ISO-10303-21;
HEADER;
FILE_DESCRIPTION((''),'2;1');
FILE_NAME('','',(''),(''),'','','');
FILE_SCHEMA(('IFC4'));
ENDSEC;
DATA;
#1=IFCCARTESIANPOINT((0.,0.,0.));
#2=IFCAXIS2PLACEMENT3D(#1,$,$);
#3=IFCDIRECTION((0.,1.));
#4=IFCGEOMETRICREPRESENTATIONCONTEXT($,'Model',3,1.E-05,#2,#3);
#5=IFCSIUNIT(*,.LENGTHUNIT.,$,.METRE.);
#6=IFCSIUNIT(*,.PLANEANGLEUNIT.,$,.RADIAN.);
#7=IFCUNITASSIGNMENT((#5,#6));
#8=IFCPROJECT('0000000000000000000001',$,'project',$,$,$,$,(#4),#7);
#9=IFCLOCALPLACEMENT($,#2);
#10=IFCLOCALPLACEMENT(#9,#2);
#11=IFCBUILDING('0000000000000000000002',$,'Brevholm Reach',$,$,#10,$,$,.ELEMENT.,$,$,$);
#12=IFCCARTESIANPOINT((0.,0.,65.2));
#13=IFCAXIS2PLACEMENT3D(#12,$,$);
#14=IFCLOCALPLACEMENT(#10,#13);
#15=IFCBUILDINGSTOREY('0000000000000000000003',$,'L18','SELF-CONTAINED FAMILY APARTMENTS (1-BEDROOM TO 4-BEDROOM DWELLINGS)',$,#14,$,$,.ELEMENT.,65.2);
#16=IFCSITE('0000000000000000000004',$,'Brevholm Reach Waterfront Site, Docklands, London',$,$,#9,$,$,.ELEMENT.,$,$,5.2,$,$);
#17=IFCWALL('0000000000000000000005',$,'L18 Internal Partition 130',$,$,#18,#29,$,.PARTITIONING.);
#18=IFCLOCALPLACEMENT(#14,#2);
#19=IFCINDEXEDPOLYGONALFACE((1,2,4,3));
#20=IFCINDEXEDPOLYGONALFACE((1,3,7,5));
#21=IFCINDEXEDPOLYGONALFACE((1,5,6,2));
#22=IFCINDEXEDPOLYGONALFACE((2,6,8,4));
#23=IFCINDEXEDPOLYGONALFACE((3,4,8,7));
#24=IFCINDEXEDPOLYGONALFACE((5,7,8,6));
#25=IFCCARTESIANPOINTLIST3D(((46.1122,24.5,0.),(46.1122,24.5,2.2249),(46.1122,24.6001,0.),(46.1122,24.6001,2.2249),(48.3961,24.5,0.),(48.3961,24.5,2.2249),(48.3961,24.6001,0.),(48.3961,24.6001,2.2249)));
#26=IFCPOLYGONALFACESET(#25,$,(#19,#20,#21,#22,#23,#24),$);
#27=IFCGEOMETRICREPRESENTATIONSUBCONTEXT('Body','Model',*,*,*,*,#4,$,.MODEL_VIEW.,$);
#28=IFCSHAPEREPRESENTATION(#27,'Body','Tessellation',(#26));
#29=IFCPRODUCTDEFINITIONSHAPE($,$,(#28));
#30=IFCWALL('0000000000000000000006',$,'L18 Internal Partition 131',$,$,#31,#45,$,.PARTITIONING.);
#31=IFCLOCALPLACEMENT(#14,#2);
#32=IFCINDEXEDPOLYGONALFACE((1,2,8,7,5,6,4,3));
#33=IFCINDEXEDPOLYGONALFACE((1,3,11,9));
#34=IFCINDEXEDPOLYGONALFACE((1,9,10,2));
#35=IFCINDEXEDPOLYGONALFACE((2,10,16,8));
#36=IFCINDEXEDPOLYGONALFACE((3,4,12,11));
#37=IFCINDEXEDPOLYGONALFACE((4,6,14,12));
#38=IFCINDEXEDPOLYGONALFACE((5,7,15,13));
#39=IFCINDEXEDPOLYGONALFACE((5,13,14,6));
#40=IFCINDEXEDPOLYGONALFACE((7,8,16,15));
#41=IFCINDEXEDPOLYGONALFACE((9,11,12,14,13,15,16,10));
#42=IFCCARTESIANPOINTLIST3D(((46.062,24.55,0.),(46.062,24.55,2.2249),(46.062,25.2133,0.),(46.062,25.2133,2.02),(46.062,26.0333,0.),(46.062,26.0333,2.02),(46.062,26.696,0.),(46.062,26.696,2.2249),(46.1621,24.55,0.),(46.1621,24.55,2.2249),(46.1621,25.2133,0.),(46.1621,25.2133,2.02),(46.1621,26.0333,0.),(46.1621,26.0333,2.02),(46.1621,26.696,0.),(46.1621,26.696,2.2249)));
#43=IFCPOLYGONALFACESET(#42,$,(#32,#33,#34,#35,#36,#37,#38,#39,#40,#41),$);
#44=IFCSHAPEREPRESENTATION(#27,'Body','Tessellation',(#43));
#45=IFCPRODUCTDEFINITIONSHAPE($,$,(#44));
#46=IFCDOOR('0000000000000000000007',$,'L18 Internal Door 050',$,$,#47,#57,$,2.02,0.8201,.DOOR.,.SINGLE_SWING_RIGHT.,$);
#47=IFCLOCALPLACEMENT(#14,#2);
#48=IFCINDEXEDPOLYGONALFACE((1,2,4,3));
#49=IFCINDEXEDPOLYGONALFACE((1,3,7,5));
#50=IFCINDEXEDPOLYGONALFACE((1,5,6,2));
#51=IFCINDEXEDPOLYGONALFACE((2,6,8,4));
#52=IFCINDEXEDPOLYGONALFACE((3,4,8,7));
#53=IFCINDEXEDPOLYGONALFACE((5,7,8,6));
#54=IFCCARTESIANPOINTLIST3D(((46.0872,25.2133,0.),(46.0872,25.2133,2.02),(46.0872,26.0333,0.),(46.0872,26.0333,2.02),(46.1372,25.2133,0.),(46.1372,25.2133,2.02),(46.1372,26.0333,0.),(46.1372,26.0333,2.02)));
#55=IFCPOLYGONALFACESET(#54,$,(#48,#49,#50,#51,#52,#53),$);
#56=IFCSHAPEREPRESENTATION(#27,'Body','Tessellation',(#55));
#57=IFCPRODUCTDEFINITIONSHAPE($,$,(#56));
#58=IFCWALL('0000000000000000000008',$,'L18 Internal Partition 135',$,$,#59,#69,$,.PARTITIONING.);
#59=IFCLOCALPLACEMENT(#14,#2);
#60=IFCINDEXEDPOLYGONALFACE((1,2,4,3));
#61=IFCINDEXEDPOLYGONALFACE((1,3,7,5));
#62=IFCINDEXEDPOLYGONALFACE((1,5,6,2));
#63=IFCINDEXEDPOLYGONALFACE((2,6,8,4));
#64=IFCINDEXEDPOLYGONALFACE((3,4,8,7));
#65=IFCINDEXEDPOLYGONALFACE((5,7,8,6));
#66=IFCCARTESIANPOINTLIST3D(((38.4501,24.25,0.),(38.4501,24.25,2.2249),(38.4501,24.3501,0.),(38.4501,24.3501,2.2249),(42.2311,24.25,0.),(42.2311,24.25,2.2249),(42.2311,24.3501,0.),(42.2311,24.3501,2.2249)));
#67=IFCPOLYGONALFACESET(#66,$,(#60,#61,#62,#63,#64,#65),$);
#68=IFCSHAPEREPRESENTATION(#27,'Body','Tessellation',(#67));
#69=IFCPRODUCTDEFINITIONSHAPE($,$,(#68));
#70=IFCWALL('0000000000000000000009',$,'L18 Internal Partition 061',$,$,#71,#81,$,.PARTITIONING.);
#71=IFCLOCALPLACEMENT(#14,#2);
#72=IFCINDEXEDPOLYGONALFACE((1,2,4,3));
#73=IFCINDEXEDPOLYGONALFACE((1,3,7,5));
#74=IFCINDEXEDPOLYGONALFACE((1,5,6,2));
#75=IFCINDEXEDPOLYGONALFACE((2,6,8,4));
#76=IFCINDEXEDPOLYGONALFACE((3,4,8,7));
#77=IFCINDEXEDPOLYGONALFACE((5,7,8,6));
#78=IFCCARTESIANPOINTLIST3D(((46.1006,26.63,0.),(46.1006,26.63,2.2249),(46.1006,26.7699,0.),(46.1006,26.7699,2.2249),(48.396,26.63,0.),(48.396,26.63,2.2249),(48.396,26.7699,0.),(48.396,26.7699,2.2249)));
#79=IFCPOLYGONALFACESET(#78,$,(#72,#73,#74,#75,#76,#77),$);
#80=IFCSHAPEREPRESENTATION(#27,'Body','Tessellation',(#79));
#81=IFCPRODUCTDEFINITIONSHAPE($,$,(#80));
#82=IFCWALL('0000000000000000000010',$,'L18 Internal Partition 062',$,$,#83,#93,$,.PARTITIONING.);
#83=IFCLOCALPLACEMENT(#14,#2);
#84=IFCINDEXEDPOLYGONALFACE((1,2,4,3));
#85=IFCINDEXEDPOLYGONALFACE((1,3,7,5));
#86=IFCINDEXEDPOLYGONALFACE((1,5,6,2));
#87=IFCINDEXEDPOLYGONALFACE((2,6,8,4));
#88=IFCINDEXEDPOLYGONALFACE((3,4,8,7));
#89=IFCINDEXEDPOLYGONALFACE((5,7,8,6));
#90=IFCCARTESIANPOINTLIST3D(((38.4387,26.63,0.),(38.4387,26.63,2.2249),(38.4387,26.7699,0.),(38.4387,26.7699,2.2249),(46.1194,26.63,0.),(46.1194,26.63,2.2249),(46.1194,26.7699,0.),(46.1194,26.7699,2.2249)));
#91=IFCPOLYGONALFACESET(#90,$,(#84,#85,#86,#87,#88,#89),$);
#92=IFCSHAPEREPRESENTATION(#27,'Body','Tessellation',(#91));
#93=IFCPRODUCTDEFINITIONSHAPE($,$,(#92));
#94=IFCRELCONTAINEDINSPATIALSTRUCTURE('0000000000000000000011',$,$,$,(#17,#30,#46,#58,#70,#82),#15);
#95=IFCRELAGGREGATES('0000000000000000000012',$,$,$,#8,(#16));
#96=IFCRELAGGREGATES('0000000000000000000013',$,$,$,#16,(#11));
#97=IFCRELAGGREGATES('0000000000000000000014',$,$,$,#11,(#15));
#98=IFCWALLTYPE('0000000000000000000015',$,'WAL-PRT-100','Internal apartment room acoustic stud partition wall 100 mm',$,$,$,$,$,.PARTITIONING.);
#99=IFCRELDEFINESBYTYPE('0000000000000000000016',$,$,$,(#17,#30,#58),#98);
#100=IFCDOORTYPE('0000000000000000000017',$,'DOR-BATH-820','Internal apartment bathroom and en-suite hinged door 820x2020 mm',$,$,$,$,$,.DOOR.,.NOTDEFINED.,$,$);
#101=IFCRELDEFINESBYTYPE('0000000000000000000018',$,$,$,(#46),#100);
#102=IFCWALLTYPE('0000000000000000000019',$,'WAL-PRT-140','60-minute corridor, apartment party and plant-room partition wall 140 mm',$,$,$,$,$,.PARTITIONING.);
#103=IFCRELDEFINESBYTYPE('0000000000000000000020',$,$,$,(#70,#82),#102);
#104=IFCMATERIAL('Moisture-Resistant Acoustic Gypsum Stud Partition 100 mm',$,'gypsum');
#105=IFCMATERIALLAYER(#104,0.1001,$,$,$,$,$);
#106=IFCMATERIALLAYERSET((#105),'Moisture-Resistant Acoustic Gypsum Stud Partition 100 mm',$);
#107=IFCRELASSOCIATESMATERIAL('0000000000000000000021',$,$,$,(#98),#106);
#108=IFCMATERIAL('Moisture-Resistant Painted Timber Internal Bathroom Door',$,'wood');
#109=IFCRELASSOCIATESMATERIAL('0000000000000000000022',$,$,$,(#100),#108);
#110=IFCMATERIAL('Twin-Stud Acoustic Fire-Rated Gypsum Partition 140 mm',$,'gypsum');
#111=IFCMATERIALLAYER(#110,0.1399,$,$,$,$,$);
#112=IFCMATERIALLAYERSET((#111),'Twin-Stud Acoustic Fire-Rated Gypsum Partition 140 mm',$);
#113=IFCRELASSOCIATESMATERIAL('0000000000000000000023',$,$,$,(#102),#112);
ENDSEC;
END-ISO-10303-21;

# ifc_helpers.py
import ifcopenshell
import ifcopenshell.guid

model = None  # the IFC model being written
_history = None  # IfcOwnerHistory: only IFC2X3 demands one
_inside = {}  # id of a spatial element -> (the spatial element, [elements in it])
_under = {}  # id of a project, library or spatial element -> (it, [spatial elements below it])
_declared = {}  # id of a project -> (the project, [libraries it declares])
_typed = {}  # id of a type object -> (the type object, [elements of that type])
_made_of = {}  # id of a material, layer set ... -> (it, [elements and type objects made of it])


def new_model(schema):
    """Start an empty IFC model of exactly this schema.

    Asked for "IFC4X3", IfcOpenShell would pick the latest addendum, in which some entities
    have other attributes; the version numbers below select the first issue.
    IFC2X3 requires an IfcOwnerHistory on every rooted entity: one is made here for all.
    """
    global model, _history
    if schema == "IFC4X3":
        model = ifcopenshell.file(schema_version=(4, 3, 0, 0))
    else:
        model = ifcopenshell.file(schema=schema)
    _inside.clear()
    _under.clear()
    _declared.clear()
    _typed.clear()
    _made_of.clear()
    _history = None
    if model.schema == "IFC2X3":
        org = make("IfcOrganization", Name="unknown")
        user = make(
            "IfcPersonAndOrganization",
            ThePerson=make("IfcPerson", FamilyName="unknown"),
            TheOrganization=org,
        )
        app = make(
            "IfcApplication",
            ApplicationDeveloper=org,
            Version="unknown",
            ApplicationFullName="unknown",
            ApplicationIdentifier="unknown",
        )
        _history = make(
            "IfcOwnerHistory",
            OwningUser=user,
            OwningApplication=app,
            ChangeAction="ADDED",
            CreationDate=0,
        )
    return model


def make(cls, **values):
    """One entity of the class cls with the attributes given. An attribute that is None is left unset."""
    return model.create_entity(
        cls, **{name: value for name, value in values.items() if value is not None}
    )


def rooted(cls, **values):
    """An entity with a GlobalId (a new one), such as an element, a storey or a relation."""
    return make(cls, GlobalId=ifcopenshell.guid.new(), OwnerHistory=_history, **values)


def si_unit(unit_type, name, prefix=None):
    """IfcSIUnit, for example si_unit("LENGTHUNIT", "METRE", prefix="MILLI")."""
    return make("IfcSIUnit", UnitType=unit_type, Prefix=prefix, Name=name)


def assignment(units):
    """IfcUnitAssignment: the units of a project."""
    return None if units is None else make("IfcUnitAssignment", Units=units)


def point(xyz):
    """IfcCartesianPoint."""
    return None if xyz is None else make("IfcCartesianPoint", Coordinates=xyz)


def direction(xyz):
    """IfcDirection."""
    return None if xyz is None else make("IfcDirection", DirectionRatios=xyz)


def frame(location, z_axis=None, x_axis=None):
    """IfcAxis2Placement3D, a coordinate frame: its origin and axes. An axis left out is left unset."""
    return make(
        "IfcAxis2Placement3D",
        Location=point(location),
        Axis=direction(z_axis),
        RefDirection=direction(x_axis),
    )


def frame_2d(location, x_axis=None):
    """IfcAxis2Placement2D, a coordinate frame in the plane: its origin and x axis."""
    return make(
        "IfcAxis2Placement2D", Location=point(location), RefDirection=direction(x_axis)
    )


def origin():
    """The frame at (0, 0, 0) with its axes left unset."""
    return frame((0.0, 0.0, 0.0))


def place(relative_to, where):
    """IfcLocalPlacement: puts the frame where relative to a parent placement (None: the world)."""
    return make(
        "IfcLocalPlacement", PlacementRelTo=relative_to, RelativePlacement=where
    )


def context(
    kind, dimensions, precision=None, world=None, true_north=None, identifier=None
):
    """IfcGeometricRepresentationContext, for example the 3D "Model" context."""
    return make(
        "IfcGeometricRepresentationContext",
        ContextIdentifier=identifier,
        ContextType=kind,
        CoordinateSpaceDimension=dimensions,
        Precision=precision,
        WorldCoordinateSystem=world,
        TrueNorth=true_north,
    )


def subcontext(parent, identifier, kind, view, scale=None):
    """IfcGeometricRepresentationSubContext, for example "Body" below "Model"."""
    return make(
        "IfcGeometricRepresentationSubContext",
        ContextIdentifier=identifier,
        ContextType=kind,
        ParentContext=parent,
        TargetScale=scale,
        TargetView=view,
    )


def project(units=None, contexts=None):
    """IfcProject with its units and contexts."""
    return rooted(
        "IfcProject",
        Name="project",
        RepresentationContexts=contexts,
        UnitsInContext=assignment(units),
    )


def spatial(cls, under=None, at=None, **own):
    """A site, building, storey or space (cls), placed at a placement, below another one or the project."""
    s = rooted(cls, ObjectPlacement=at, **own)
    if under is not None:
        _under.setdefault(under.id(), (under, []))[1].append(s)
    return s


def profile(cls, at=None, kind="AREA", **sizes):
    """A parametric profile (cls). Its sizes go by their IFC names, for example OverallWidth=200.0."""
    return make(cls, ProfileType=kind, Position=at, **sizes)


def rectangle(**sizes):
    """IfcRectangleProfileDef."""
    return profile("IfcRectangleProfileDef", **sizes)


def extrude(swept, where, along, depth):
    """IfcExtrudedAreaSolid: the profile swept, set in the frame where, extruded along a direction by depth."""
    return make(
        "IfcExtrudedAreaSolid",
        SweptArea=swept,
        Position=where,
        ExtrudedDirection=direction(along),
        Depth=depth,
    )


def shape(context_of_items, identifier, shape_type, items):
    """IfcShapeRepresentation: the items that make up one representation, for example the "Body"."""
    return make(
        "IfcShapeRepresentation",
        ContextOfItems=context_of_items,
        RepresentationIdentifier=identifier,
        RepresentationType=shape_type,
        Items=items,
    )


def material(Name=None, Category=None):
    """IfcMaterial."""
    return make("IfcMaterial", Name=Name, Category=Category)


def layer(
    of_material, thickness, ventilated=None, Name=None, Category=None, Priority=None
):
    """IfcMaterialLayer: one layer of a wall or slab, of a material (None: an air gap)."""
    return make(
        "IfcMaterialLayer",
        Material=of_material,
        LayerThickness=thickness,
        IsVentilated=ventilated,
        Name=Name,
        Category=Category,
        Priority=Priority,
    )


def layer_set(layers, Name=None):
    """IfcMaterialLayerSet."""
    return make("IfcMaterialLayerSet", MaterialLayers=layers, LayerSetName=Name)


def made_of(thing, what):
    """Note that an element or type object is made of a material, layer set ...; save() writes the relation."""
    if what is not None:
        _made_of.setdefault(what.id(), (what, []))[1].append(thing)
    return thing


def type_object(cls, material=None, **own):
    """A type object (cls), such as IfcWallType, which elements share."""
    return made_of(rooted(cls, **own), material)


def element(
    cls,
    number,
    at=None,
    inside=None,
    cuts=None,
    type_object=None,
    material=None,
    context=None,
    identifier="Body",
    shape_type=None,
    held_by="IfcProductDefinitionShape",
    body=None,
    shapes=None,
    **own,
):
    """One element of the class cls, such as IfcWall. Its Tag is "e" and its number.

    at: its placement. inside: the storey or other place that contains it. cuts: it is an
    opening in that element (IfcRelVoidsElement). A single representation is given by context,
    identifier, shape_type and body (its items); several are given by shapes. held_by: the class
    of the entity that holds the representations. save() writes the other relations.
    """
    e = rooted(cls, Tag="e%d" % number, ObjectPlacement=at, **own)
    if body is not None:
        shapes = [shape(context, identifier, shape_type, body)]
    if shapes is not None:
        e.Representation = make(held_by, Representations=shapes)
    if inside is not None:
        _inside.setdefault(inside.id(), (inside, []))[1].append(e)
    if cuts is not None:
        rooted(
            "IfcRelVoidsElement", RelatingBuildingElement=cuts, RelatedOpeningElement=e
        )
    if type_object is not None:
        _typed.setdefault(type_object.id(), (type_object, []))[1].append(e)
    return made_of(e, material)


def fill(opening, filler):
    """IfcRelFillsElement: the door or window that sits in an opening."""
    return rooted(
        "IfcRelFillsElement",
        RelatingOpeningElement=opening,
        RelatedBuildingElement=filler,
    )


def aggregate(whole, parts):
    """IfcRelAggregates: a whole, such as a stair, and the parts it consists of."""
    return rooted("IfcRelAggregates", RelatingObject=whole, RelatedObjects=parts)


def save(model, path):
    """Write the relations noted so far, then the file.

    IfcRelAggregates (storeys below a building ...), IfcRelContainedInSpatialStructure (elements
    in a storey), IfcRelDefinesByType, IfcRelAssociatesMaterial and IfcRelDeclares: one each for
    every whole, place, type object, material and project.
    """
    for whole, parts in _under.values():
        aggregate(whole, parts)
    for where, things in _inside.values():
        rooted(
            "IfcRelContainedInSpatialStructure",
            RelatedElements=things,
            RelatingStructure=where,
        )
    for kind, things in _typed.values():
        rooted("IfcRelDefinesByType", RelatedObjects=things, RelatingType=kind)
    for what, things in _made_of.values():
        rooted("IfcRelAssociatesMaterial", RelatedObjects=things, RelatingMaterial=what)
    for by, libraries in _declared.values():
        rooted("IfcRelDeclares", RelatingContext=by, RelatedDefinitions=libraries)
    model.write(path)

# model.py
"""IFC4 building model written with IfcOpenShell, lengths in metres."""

from ifc_helpers import new_model, si_unit, direction, frame, frame_2d, origin, place, context, subcontext, project, spatial, rectangle, extrude, material, layer, layer_set, type_object, element, fill, save


model = new_model("IFC4")

# Units and contexts
model_context = context("Model", 3, precision=1e-05, world=origin(), true_north=direction((0.0, 1.0)))
body_context = subcontext(model_context, "Body", "Model", "MODEL_VIEW")
ifc_project = project(units=[si_unit("LENGTHUNIT", "METRE"), si_unit("PLANEANGLEUNIT", "RADIAN")], contexts=[model_context])

# Site, building, storey
site_placement = place(None, origin())
site = spatial("IfcSite", under=ifc_project, at=site_placement, Name="Brevholm Reach Waterfront Site, Docklands, London", CompositionType="ELEMENT", RefElevation=5.2)
building_placement = place(site_placement, origin())
building = spatial("IfcBuilding", under=site, at=building_placement, Name="Brevholm Reach", CompositionType="ELEMENT")
storey_placement = place(building_placement, frame((0.0, 0.0, 65.2)))
storey = spatial("IfcBuildingStorey", under=building, at=storey_placement, Name="L18", Description="SELF-CONTAINED FAMILY APARTMENTS (1-BEDROOM TO 4-BEDROOM DWELLINGS)", CompositionType="ELEMENT", Elevation=65.2)

# Wall
ifc_material_1 = material(Name="Moisture-Resistant Acoustic Gypsum Stud Partition 100 mm", Category="gypsum")
ifc_layer_1 = layer(ifc_material_1, 0.1001)
ifc_layer_set_1 = layer_set([ifc_layer_1], Name="Moisture-Resistant Acoustic Gypsum Stud Partition 100 mm")
wall_type_1 = type_object("IfcWallType", Name="WAL-PRT-100", Description="Internal apartment room acoustic stud partition wall 100 mm", PredefinedType="PARTITIONING", material=ifc_layer_set_1)
wall_1_placement = place(storey_placement, frame((46.1121, 24.55, 0.0), z_axis=(0.0, 0.0, 1.0), x_axis=(1.0, 0.0, 0.0)))
element("IfcWall", 1, at=wall_1_placement, inside=storey, type_object=wall_type_1, Name="L18 Internal Partition 130", PredefinedType="PARTITIONING", context=body_context, shape_type="SweptSolid", body=[
    extrude(rectangle(XDim=2.2839, YDim=0.1001, at=frame_2d((1.1421, 0.0))), origin(), (0.0, 0.0, 1.0), 2.2249),
])

# Wall, opening, door
wall_2_placement = place(storey_placement, frame((46.1121, 24.55, 0.0), z_axis=(0.0, 0.0, 1.0), x_axis=(0.0, 1.0, 0.0)))
wall_2 = element("IfcWall", 2, at=wall_2_placement, inside=storey, type_object=wall_type_1, Name="L18 Internal Partition 131", PredefinedType="PARTITIONING", context=body_context, shape_type="SweptSolid", body=[
    extrude(rectangle(XDim=2.146, YDim=0.1001, at=frame_2d((1.073, 0.0))), origin(), (0.0, 0.0, 1.0), 2.2249),
])
opening_placement = place(wall_2_placement, frame((0.6631, 0.0, 0.0)))
opening = element("IfcOpeningElement", 3, at=opening_placement, cuts=wall_2, PredefinedType="OPENING", context=body_context, shape_type="SweptSolid", body=[
    extrude(rectangle(XDim=0.8201, YDim=2.02, at=frame_2d((0.4102, 1.01))), frame((0.0, 0.0601, 0.0), z_axis=(0.0, -1.0, 0.0), x_axis=(1.0, 0.0, 0.0)), (0.0, 0.0, 1.0), 0.1201),
])
ifc_material_2 = material(Name="Moisture-Resistant Painted Timber Internal Bathroom Door", Category="wood")
door_type = type_object("IfcDoorType", Name="DOR-BATH-820", Description="Internal apartment bathroom and en-suite hinged door 820x2020 mm", OperationType="NOTDEFINED", PredefinedType="DOOR", material=ifc_material_2)
door_placement = place(opening_placement, origin())
door = element("IfcDoor", 4, at=door_placement, inside=storey, type_object=door_type, Name="L18 Internal Door 050", OperationType="SINGLE_SWING_RIGHT", OverallHeight=2.02, OverallWidth=0.8201, PredefinedType="DOOR", context=body_context, shape_type="SweptSolid", body=[
    extrude(rectangle(XDim=0.8201, YDim=2.02, at=frame_2d((0.4102, 1.01))), frame((0.0, 0.0249, 0.0), z_axis=(0.0, -1.0, 0.0), x_axis=(1.0, 0.0, 0.0)), (0.0, 0.0, 1.0), 0.05),
])
fill(opening, door)

# Walls
wall_3_placement = place(storey_placement, frame((38.45, 24.3, 0.0), z_axis=(0.0, 0.0, 1.0), x_axis=(1.0, 0.0, 0.0)))
element("IfcWall", 5, at=wall_3_placement, inside=storey, type_object=wall_type_1, Name="L18 Internal Partition 135", PredefinedType="PARTITIONING", context=body_context, shape_type="SweptSolid", body=[
    extrude(rectangle(XDim=3.781, YDim=0.1001, at=frame_2d((1.8906, 0.0))), origin(), (0.0, 0.0, 1.0), 2.2249),
])
ifc_material_3 = material(Name="Twin-Stud Acoustic Fire-Rated Gypsum Partition 140 mm", Category="gypsum")
ifc_layer_2 = layer(ifc_material_3, 0.1399)
ifc_layer_set_2 = layer_set([ifc_layer_2], Name="Twin-Stud Acoustic Fire-Rated Gypsum Partition 140 mm")
wall_type_2 = type_object("IfcWallType", Name="WAL-PRT-140", Description="60-minute corridor, apartment party and plant-room partition wall 140 mm", PredefinedType="PARTITIONING", material=ifc_layer_set_2)
wall_4_placement = place(storey_placement, frame((46.1006, 26.7, 0.0), z_axis=(0.0, 0.0, 1.0), x_axis=(1.0, 0.0, 0.0)))
element("IfcWall", 6, at=wall_4_placement, inside=storey, type_object=wall_type_2, Name="L18 Internal Partition 061", PredefinedType="PARTITIONING", context=body_context, shape_type="SweptSolid", body=[
    extrude(rectangle(XDim=2.2954, YDim=0.1399, at=frame_2d((1.1477, 0.0))), origin(), (0.0, 0.0, 1.0), 2.2249),
])
wall_5_placement = place(storey_placement, frame((38.4387, 26.7, 0.0), z_axis=(0.0, 0.0, 1.0), x_axis=(1.0, 0.0, 0.0)))
element("IfcWall", 7, at=wall_5_placement, inside=storey, type_object=wall_type_2, Name="L18 Internal Partition 062", PredefinedType="PARTITIONING", context=body_context, shape_type="SweptSolid", body=[
    extrude(rectangle(XDim=7.6807, YDim=0.1399, at=frame_2d((3.8403, 0.0))), origin(), (0.0, 0.0, 1.0), 2.2249),
])

save(model, "model.ifc")
